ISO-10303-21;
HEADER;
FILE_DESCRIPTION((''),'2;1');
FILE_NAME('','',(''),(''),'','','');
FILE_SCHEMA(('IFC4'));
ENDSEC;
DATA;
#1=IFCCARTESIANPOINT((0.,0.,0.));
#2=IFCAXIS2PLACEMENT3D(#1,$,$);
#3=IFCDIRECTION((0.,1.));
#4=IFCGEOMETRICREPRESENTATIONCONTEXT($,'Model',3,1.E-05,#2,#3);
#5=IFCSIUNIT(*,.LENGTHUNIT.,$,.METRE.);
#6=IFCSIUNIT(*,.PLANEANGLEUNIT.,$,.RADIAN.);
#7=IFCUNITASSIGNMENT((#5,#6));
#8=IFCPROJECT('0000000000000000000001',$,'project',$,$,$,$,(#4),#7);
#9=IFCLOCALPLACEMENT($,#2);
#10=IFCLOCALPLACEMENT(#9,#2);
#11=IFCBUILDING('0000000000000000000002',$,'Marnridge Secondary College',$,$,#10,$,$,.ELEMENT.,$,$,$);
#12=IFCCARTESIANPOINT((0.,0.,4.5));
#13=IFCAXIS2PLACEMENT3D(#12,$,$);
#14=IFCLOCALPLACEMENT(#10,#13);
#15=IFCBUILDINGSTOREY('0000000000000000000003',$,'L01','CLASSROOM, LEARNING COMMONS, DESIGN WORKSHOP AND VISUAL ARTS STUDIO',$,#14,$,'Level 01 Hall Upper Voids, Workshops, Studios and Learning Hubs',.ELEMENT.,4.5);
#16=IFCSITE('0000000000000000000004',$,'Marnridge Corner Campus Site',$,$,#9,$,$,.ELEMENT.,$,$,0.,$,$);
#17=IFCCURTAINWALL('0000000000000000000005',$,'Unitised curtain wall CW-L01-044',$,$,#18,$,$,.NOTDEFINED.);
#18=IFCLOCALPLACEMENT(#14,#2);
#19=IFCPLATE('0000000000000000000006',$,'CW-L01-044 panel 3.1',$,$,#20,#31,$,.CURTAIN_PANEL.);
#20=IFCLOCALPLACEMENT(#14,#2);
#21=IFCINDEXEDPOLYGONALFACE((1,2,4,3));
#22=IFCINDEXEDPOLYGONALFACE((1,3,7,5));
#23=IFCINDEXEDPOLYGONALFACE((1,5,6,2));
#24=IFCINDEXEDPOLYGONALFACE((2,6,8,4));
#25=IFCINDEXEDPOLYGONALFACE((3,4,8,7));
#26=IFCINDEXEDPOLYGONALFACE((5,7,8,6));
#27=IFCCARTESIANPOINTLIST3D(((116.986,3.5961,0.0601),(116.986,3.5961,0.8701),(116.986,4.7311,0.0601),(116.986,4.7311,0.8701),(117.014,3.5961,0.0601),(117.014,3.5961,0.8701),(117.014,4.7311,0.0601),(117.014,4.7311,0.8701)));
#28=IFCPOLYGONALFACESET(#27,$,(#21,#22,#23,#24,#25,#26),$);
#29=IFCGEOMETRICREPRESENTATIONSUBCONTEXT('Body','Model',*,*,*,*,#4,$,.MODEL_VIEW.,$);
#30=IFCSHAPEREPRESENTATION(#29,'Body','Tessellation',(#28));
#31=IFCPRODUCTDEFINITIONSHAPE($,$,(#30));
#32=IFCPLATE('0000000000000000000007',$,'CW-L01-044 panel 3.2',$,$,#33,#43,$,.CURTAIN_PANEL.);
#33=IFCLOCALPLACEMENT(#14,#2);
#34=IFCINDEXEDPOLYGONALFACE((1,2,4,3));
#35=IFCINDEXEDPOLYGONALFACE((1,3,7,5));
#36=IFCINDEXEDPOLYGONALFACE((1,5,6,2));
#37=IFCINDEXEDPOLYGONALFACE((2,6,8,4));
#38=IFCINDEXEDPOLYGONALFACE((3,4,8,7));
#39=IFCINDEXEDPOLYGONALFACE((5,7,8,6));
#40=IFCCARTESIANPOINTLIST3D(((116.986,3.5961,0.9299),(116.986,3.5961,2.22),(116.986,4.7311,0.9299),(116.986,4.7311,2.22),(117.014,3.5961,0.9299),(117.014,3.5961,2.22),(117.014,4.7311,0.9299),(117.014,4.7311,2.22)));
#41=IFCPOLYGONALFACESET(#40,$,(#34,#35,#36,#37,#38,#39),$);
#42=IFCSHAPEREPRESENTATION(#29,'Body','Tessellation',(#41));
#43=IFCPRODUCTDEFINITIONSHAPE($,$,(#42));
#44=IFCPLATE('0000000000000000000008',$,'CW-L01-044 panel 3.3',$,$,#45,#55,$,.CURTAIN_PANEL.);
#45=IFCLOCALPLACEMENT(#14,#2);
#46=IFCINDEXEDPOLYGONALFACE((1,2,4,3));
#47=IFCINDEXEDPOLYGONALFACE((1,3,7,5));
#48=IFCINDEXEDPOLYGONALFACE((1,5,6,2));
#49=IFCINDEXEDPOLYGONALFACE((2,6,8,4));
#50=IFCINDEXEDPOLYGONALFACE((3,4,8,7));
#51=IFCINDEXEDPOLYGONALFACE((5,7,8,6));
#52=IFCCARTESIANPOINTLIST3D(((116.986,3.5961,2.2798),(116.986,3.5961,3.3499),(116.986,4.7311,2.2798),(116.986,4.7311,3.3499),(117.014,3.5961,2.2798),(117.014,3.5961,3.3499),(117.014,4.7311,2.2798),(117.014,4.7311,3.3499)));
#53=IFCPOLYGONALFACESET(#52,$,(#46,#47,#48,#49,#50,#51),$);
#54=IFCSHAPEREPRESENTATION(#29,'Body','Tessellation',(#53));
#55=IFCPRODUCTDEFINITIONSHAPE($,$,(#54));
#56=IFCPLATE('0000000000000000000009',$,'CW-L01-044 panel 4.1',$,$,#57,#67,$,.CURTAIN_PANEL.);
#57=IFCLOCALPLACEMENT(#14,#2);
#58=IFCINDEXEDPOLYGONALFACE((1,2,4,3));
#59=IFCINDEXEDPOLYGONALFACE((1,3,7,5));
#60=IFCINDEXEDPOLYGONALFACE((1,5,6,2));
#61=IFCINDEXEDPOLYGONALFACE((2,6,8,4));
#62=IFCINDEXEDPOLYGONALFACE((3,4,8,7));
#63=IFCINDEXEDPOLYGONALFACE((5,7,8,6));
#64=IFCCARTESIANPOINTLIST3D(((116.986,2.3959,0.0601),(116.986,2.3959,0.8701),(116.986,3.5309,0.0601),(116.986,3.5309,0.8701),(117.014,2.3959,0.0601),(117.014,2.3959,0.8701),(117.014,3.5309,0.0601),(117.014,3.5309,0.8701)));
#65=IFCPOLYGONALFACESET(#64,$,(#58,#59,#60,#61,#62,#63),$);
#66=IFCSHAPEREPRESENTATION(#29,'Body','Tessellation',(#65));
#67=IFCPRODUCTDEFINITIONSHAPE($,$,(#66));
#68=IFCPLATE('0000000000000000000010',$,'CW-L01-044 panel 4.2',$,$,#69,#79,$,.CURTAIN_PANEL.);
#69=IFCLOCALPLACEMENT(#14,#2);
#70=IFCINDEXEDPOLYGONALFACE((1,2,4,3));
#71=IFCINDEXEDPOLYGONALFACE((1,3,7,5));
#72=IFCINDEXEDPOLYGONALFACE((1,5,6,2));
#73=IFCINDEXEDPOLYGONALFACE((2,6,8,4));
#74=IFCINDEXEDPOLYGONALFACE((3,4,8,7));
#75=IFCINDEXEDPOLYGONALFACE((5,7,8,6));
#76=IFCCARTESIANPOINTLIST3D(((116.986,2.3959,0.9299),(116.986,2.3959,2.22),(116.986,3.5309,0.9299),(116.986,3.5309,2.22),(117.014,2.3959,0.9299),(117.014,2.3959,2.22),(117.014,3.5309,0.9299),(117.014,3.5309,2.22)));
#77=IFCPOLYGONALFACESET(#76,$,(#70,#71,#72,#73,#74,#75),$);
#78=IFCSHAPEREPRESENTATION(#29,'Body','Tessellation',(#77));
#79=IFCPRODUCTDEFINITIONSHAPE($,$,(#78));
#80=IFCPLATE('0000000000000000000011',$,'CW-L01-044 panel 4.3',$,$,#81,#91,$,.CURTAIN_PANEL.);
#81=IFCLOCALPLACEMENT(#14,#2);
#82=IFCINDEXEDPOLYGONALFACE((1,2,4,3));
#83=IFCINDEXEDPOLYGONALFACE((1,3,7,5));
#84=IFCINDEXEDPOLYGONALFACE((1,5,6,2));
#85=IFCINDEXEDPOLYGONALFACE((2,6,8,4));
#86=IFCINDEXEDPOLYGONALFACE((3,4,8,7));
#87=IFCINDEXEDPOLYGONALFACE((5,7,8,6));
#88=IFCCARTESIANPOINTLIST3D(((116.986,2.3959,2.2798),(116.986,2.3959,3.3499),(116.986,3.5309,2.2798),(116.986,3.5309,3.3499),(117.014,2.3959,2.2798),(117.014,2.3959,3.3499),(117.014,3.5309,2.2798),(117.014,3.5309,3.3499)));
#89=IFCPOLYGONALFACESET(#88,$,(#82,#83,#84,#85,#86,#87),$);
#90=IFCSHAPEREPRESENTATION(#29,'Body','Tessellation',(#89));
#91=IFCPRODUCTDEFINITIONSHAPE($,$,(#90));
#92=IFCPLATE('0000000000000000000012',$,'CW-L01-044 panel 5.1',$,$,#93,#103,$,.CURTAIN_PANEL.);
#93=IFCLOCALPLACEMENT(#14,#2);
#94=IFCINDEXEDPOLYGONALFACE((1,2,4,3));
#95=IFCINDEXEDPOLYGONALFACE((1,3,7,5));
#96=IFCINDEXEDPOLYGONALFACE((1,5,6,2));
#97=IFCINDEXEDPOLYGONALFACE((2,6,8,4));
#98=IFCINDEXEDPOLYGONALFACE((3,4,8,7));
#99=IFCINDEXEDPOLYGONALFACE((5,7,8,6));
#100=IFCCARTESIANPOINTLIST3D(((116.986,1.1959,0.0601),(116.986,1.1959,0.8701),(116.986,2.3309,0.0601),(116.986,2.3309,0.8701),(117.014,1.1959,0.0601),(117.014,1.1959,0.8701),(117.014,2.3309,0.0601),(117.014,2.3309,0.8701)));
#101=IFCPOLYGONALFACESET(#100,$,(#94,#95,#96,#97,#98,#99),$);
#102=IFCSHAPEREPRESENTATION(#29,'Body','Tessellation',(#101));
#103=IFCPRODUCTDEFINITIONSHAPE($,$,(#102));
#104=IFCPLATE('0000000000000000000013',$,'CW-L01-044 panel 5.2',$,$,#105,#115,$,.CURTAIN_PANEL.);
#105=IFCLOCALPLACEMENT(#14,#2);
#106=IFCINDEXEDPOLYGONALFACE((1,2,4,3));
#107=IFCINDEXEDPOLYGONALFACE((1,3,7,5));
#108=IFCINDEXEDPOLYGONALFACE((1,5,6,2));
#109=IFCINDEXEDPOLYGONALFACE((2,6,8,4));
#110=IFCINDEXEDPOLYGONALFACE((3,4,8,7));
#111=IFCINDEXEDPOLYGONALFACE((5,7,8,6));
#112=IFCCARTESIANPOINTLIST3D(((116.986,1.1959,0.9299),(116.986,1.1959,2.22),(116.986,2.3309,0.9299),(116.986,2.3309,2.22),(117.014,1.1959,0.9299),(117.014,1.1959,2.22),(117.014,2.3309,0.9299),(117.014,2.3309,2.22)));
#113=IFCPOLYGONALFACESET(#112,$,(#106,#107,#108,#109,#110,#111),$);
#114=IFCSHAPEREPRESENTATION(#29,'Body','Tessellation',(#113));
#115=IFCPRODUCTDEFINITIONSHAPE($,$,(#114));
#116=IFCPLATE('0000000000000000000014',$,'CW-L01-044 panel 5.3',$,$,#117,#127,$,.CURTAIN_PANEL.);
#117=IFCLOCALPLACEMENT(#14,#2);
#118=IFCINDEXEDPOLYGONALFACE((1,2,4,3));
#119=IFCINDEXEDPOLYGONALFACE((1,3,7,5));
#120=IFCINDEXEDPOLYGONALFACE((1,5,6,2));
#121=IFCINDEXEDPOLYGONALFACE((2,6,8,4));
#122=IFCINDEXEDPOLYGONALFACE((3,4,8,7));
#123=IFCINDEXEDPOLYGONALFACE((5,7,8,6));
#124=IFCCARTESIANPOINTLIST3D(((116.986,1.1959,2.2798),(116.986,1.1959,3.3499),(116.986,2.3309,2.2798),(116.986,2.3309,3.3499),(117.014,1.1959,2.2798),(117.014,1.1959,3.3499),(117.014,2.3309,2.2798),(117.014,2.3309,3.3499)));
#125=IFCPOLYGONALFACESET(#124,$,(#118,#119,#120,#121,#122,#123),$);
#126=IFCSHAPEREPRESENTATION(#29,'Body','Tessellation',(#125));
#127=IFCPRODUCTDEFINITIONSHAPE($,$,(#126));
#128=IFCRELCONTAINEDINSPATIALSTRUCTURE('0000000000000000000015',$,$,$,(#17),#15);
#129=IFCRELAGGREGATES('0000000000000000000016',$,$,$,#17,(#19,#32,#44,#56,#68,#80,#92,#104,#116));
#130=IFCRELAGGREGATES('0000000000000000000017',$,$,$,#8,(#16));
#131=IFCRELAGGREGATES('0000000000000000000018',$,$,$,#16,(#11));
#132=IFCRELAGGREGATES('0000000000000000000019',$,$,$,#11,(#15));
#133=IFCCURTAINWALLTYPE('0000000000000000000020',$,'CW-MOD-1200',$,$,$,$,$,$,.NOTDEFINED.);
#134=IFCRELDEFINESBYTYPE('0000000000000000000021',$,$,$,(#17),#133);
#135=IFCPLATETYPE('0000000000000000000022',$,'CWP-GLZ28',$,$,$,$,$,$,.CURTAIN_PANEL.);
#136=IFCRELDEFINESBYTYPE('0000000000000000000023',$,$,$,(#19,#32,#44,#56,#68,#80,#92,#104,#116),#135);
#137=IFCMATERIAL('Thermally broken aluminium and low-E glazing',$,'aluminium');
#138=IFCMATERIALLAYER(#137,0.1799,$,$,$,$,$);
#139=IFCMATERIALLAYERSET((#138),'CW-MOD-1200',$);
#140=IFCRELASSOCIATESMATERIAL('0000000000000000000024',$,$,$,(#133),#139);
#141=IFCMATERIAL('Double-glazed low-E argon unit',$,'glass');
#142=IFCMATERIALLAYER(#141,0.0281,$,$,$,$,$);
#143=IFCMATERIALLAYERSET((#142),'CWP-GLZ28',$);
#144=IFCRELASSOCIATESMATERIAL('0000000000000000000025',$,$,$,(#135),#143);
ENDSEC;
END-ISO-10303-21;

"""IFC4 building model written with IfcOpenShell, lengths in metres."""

from ifc_helpers import new_model, si_unit, direction, frame, origin, origin_2d, place, context, subcontext, project, spatial, rectangle, extrude, material, layer, layer_set, type_object, element, aggregate, save


model = new_model("IFC4")

# Units and contexts
model_context = context("Model", 3, precision=1e-05, world=origin(), true_north=direction((0.0, 1.0)))
body_context = subcontext(model_context, "Body", "Model", "MODEL_VIEW")
ifc_project = project(units=[si_unit("LENGTHUNIT", "METRE"), si_unit("PLANEANGLEUNIT", "RADIAN")], contexts=[model_context])

# Site, building, storey
site_placement = place(None, origin())
site = spatial("IfcSite", under=ifc_project, at=site_placement, Name="Marnridge Corner Campus Site", CompositionType="ELEMENT", RefElevation=0.0)
building_placement = place(site_placement, origin())
building = spatial("IfcBuilding", under=site, at=building_placement, Name="Marnridge Secondary College", CompositionType="ELEMENT")
storey_placement = place(building_placement, frame((0.0, 0.0, 4.5)))
storey = spatial("IfcBuildingStorey", under=building, at=storey_placement, Name="L01", Description="CLASSROOM, LEARNING COMMONS, DESIGN WORKSHOP AND VISUAL ARTS STUDIO", LongName="Level 01 Hall Upper Voids, Workshops, Studios and Learning Hubs", CompositionType="ELEMENT", Elevation=4.5)

# Curtain wall, plates
ifc_material_1 = material(Name="Thermally broken aluminium and low-E glazing", Category="aluminium")
ifc_layer_1 = layer(ifc_material_1, 0.1799)
ifc_layer_set_1 = layer_set([ifc_layer_1], Name="CW-MOD-1200")
curtain_wall_type = type_object("IfcCurtainWallType", Name="CW-MOD-1200", PredefinedType="NOTDEFINED", material=ifc_layer_set_1)
curtain_wall_placement = place(storey_placement, origin())
curtain_wall = element("IfcCurtainWall", 1, at=curtain_wall_placement, inside=storey, type_object=curtain_wall_type, Name="Unitised curtain wall CW-L01-044", PredefinedType="NOTDEFINED")
ifc_material_2 = material(Name="Double-glazed low-E argon unit", Category="glass")
ifc_layer_2 = layer(ifc_material_2, 0.0281)
ifc_layer_set_2 = layer_set([ifc_layer_2], Name="CWP-GLZ28")
plate_type = type_object("IfcPlateType", Name="CWP-GLZ28", PredefinedType="CURTAIN_PANEL", material=ifc_layer_set_2)
plate_1_placement = place(storey_placement, frame((117.0, 4.1636, 0.0601), z_axis=(0.0, 0.0, 1.0), x_axis=(0.0, -1.0, 0.0)))
plate_1 = element("IfcPlate", 2, at=plate_1_placement, type_object=plate_type, Name="CW-L01-044 panel 3.1", PredefinedType="CURTAIN_PANEL", context=body_context, shape_type="SweptSolid", body=[
    extrude(rectangle(XDim=1.135, YDim=0.0281, at=origin_2d()), origin(), (0.0, 0.0, 1.0), 0.8101),
])
plate_2_placement = place(storey_placement, frame((117.0, 4.1636, 0.9299), z_axis=(0.0, 0.0, 1.0), x_axis=(0.0, -1.0, 0.0)))
plate_2 = element("IfcPlate", 3, at=plate_2_placement, type_object=plate_type, Name="CW-L01-044 panel 3.2", PredefinedType="CURTAIN_PANEL", context=body_context, shape_type="SweptSolid", body=[
    extrude(rectangle(XDim=1.135, YDim=0.0281, at=origin_2d()), origin(), (0.0, 0.0, 1.0), 1.29),
])
plate_3_placement = place(storey_placement, frame((117.0, 4.1636, 2.2798), z_axis=(0.0, 0.0, 1.0), x_axis=(0.0, -1.0, 0.0)))
plate_3 = element("IfcPlate", 4, at=plate_3_placement, type_object=plate_type, Name="CW-L01-044 panel 3.3", PredefinedType="CURTAIN_PANEL", context=body_context, shape_type="SweptSolid", body=[
    extrude(rectangle(XDim=1.135, YDim=0.0281, at=origin_2d()), origin(), (0.0, 0.0, 1.0), 1.0701),
])
plate_4_placement = place(storey_placement, frame((117.0, 2.9634, 0.0601), z_axis=(0.0, 0.0, 1.0), x_axis=(0.0, -1.0, 0.0)))
plate_4 = element("IfcPlate", 5, at=plate_4_placement, type_object=plate_type, Name="CW-L01-044 panel 4.1", PredefinedType="CURTAIN_PANEL", context=body_context, shape_type="SweptSolid", body=[
    extrude(rectangle(XDim=1.135, YDim=0.0281, at=origin_2d()), origin(), (0.0, 0.0, 1.0), 0.8101),
])
plate_5_placement = place(storey_placement, frame((117.0, 2.9634, 0.9299), z_axis=(0.0, 0.0, 1.0), x_axis=(0.0, -1.0, 0.0)))
plate_5 = element("IfcPlate", 6, at=plate_5_placement, type_object=plate_type, Name="CW-L01-044 panel 4.2", PredefinedType="CURTAIN_PANEL", context=body_context, shape_type="SweptSolid", body=[
    extrude(rectangle(XDim=1.135, YDim=0.0281, at=origin_2d()), origin(), (0.0, 0.0, 1.0), 1.29),
])
plate_6_placement = place(storey_placement, frame((117.0, 2.9634, 2.2798), z_axis=(0.0, 0.0, 1.0), x_axis=(0.0, -1.0, 0.0)))
plate_6 = element("IfcPlate", 7, at=plate_6_placement, type_object=plate_type, Name="CW-L01-044 panel 4.3", PredefinedType="CURTAIN_PANEL", context=body_context, shape_type="SweptSolid", body=[
    extrude(rectangle(XDim=1.135, YDim=0.0281, at=origin_2d()), origin(), (0.0, 0.0, 1.0), 1.0701),
])
plate_7_placement = place(storey_placement, frame((117.0, 1.7634, 0.0601), z_axis=(0.0, 0.0, 1.0), x_axis=(0.0, -1.0, 0.0)))
plate_7 = element("IfcPlate", 8, at=plate_7_placement, type_object=plate_type, Name="CW-L01-044 panel 5.1", PredefinedType="CURTAIN_PANEL", context=body_context, shape_type="SweptSolid", body=[
    extrude(rectangle(XDim=1.135, YDim=0.0281, at=origin_2d()), origin(), (0.0, 0.0, 1.0), 0.8101),
])
plate_8_placement = place(storey_placement, frame((117.0, 1.7634, 0.9299), z_axis=(0.0, 0.0, 1.0), x_axis=(0.0, -1.0, 0.0)))
plate_8 = element("IfcPlate", 9, at=plate_8_placement, type_object=plate_type, Name="CW-L01-044 panel 5.2", PredefinedType="CURTAIN_PANEL", context=body_context, shape_type="SweptSolid", body=[
    extrude(rectangle(XDim=1.135, YDim=0.0281, at=origin_2d()), origin(), (0.0, 0.0, 1.0), 1.29),
])
plate_9_placement = place(storey_placement, frame((117.0, 1.7634, 2.2798), z_axis=(0.0, 0.0, 1.0), x_axis=(0.0, -1.0, 0.0)))
plate_9 = element("IfcPlate", 10, at=plate_9_placement, type_object=plate_type, Name="CW-L01-044 panel 5.3", PredefinedType="CURTAIN_PANEL", context=body_context, shape_type="SweptSolid", body=[
    extrude(rectangle(XDim=1.135, YDim=0.0281, at=origin_2d()), origin(), (0.0, 0.0, 1.0), 1.0701),
])
aggregate(curtain_wall, [plate_1, plate_2, plate_3, plate_4, plate_5, plate_6, plate_7, plate_8, plate_9])

save(model, "model.ifc")
